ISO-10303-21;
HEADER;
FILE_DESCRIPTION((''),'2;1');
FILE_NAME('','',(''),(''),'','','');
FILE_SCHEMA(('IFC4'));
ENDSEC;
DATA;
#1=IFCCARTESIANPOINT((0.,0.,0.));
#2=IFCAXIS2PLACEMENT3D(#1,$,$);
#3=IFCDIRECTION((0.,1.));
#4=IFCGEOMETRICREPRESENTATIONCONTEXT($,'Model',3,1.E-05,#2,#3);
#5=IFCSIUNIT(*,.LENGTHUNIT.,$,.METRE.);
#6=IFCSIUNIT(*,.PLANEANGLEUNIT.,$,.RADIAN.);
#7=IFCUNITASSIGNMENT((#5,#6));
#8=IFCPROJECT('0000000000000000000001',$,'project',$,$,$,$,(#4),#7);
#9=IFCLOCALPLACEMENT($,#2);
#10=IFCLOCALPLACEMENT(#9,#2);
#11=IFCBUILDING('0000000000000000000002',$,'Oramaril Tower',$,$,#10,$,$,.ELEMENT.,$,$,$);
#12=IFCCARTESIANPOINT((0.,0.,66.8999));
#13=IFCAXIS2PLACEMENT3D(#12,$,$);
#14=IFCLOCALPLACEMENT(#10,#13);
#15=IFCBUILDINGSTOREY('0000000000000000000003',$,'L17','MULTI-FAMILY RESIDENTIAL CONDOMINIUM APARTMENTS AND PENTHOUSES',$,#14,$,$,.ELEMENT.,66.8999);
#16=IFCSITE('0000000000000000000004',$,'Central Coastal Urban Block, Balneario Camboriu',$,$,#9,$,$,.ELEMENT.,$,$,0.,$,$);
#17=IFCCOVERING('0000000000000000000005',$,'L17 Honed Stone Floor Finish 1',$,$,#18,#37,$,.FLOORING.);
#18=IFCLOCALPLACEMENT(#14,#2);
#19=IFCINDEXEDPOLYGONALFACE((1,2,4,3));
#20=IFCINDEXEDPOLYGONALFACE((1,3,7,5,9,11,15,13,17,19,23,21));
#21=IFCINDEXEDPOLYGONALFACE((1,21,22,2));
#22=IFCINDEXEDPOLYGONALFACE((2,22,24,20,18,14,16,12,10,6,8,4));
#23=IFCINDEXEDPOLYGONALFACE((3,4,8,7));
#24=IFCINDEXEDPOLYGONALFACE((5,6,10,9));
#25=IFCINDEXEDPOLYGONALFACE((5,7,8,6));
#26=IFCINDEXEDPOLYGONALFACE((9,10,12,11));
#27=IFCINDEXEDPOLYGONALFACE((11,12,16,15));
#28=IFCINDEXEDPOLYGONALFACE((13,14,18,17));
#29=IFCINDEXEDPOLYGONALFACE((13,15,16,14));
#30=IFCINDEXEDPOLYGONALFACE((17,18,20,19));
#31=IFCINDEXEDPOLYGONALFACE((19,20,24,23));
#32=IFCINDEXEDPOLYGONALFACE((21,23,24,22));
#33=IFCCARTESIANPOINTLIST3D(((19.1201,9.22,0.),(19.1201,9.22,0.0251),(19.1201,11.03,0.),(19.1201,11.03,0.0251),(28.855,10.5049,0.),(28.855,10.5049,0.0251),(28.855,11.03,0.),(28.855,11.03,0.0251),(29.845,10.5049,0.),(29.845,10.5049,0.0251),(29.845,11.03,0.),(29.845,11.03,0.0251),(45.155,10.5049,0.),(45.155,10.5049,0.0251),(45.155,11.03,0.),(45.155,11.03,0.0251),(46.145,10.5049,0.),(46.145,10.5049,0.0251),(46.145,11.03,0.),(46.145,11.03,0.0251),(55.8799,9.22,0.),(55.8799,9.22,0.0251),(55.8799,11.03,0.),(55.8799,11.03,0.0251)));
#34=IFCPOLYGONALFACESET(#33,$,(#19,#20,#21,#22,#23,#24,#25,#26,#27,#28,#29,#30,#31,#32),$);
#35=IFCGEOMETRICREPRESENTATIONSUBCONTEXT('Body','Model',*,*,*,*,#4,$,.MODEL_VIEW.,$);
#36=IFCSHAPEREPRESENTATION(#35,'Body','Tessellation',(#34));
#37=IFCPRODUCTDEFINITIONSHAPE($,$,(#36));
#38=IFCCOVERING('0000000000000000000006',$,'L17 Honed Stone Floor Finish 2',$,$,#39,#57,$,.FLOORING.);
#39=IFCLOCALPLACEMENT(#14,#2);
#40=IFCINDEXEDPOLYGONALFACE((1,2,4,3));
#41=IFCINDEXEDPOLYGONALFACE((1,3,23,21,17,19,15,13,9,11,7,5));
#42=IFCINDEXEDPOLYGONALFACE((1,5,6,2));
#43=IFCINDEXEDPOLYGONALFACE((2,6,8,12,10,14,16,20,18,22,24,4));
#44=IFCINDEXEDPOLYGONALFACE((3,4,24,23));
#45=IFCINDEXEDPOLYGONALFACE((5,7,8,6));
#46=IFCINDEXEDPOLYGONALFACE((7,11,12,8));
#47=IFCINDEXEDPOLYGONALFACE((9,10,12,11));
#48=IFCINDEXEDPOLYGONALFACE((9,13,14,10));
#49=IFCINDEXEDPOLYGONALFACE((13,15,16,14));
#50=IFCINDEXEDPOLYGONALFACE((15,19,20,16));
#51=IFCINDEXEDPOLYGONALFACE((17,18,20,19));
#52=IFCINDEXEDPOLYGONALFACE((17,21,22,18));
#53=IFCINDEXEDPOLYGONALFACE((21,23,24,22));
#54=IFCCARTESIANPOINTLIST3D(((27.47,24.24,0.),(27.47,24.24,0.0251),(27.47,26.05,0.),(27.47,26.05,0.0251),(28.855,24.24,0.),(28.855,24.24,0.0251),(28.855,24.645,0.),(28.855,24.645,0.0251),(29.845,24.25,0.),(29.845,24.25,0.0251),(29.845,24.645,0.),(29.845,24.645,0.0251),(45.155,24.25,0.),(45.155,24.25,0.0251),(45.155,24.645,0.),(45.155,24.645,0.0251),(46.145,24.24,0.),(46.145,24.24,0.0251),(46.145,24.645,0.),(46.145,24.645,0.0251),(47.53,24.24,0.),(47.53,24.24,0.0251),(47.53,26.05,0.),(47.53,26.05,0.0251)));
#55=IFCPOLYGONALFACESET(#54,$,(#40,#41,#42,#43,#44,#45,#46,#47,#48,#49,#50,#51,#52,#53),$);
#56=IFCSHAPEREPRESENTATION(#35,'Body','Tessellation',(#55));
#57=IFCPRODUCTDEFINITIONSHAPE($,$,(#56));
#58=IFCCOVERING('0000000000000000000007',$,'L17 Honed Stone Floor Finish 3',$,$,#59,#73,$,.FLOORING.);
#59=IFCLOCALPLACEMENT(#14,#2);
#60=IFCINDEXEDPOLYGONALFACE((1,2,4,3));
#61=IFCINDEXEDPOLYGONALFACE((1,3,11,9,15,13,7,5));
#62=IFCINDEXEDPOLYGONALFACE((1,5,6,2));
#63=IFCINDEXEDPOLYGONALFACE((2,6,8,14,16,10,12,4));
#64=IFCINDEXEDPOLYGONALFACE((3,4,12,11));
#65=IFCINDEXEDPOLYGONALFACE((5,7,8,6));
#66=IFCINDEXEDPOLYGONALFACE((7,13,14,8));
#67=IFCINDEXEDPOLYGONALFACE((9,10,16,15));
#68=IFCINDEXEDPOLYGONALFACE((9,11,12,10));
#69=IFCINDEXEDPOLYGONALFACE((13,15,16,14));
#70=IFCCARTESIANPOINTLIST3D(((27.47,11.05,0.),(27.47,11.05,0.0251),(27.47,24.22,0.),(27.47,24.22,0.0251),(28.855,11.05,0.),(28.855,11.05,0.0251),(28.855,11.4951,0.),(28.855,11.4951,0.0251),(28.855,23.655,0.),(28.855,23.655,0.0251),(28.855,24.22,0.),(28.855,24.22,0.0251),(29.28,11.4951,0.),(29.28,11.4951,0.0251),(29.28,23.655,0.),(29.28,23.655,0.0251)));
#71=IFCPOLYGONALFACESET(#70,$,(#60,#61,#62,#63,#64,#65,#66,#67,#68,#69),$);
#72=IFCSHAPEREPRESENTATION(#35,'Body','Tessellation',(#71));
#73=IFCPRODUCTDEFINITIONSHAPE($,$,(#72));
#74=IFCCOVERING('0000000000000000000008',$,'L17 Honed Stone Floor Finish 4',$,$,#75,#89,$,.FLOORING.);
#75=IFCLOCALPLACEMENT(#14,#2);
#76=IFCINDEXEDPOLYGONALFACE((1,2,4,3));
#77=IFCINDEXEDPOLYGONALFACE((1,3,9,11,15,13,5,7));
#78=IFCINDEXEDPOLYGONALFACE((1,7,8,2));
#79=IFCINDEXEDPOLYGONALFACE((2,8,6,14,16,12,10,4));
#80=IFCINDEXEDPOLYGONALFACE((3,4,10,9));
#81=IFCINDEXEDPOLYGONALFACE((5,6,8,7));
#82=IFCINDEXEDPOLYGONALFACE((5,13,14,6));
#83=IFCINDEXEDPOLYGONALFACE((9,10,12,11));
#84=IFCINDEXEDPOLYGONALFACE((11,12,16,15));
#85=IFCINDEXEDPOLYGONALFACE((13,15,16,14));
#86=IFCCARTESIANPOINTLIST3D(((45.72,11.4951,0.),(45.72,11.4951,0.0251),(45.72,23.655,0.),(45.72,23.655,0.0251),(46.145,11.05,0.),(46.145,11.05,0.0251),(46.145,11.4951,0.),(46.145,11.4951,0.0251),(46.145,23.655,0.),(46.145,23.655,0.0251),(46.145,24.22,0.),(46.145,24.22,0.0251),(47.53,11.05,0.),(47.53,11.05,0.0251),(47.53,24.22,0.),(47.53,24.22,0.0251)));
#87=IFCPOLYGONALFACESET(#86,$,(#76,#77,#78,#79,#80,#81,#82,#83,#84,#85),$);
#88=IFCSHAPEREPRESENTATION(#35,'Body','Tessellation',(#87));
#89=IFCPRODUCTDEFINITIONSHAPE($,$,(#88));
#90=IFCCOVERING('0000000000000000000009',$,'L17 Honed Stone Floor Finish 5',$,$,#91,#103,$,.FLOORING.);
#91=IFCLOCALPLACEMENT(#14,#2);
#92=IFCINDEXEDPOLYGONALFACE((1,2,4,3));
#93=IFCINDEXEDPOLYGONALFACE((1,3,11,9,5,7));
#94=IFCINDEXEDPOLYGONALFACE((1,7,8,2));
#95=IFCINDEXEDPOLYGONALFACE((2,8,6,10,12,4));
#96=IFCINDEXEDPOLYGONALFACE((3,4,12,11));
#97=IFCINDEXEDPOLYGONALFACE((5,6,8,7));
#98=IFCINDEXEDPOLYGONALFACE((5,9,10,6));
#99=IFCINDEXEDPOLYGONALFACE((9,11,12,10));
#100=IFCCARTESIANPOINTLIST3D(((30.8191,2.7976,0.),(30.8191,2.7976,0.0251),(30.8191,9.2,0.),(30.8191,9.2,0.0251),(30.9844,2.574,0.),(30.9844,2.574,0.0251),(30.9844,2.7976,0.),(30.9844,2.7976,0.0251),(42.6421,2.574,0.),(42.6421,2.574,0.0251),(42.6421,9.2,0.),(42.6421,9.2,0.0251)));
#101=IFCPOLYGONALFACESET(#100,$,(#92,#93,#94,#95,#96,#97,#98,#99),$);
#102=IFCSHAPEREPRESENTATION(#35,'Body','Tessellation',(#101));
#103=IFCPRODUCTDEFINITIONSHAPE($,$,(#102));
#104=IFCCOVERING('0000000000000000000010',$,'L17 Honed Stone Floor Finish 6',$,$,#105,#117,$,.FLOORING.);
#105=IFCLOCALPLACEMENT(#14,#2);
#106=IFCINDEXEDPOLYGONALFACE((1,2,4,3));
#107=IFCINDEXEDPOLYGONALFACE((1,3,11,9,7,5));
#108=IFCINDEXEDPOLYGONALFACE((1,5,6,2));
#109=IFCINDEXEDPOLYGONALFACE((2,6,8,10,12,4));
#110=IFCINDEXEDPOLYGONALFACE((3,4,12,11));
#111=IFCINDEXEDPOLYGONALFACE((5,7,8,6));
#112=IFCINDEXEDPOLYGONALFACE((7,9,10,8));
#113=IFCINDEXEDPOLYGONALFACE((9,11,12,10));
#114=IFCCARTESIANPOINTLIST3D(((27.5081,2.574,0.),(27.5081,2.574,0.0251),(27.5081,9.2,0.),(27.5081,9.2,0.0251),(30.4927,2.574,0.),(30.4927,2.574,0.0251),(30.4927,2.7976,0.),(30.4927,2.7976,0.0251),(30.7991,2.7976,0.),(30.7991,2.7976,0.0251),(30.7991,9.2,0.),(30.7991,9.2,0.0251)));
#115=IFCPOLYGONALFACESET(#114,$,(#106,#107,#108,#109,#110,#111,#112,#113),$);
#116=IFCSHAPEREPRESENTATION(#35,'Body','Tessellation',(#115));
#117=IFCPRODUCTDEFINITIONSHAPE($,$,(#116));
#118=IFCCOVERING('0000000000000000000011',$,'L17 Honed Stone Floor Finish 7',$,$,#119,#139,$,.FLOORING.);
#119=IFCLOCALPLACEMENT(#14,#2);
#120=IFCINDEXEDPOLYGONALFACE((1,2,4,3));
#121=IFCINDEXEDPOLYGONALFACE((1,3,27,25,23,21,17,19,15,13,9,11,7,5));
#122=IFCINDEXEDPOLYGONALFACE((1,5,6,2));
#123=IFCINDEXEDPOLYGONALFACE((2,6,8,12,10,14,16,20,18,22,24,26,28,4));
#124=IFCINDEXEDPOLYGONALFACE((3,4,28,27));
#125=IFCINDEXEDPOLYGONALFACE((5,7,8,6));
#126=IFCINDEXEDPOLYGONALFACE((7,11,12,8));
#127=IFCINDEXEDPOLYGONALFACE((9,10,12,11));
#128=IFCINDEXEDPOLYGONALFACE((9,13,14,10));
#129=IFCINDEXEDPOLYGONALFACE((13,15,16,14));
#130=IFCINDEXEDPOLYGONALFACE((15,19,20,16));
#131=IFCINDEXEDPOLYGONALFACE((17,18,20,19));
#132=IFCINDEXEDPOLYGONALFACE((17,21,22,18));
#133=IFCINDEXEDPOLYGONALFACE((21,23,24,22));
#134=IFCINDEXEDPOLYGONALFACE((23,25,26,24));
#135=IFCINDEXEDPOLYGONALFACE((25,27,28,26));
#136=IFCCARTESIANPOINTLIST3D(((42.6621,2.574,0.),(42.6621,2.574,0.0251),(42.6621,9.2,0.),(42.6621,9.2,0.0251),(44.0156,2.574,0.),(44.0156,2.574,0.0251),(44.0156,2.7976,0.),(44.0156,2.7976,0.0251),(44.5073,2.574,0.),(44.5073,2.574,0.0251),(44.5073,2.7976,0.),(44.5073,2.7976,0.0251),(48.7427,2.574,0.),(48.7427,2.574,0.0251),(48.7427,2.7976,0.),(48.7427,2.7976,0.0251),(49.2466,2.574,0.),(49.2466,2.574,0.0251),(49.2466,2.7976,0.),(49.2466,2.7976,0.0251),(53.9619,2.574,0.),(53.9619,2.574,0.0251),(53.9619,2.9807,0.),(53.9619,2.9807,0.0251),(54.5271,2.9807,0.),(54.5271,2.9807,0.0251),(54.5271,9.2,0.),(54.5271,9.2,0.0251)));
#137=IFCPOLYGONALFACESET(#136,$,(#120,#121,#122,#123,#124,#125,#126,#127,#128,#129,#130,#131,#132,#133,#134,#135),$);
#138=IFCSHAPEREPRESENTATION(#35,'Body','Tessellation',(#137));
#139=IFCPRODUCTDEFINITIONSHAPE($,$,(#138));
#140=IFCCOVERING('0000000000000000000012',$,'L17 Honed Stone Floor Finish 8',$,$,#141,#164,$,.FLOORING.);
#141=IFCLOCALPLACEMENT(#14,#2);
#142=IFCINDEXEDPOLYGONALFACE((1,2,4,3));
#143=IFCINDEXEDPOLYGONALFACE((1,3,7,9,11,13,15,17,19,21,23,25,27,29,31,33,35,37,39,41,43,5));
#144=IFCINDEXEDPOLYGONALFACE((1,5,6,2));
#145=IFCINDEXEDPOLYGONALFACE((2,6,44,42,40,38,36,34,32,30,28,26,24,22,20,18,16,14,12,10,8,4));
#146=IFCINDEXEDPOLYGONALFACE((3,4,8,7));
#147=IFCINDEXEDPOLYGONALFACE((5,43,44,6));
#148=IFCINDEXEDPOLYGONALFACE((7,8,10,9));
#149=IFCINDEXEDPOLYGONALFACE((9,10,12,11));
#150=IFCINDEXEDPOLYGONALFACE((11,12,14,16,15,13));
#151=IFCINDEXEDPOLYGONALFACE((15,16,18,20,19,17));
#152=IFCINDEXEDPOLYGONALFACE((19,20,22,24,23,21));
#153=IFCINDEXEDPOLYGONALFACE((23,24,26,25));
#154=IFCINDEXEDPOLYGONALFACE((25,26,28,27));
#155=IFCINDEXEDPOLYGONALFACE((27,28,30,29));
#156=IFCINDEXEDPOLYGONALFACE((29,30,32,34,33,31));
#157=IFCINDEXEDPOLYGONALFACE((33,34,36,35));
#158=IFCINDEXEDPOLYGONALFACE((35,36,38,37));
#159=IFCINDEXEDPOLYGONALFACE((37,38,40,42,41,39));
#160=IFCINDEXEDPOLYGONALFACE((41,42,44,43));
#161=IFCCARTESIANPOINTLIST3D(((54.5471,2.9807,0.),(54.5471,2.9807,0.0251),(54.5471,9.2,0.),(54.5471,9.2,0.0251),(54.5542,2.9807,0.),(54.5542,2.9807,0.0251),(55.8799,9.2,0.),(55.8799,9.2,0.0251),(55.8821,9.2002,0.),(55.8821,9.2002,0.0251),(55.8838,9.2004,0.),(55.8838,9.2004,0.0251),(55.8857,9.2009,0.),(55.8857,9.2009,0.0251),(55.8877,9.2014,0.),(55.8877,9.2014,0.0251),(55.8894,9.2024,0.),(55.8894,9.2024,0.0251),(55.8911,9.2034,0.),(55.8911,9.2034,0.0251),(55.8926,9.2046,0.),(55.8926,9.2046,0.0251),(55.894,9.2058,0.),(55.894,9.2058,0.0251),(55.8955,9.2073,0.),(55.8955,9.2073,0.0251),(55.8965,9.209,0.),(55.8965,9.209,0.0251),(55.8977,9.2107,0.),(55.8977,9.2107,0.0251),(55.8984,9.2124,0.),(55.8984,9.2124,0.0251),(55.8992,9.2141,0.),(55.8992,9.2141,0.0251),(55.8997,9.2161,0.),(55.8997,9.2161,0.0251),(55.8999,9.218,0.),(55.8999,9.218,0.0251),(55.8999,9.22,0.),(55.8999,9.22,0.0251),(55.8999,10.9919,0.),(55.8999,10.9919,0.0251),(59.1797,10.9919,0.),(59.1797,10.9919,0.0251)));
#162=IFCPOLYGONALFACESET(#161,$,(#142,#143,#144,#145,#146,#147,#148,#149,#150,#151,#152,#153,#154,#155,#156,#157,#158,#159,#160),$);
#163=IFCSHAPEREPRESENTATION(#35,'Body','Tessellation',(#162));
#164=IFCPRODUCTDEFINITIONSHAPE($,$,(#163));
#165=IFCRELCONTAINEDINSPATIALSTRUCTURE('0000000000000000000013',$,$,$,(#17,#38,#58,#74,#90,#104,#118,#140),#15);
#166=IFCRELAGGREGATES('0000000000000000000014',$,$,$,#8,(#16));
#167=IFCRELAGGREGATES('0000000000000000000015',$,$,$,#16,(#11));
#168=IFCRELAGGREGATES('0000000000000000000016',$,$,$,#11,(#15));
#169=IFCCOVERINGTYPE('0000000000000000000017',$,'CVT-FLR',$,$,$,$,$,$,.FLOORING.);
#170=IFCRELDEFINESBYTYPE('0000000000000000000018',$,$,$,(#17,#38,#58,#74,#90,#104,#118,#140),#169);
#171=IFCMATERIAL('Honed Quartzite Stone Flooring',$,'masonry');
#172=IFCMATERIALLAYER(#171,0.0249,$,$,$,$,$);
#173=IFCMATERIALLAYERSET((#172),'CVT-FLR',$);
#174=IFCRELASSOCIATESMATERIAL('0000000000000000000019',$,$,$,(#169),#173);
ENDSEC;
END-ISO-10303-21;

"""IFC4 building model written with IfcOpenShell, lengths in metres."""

from ifc_helpers import new_model, si_unit, direction, frame, origin, place, context, subcontext, project, spatial, polyline, outline, extrude, material, layer, layer_set, type_object, element, save


model = new_model("IFC4")

# Units and contexts
model_context = context("Model", 3, precision=1e-05, world=origin(), true_north=direction((0.0, 1.0)))
body_context = subcontext(model_context, "Body", "Model", "MODEL_VIEW")
ifc_project = project(units=[si_unit("LENGTHUNIT", "METRE"), si_unit("PLANEANGLEUNIT", "RADIAN")], contexts=[model_context])

# Site, building, storey
site_placement = place(None, origin())
site = spatial("IfcSite", under=ifc_project, at=site_placement, Name="Central Coastal Urban Block, Balneario Camboriu", CompositionType="ELEMENT", RefElevation=0.0)
building_placement = place(site_placement, origin())
building = spatial("IfcBuilding", under=site, at=building_placement, Name="Oramaril Tower", CompositionType="ELEMENT")
storey_placement = place(building_placement, frame((0.0, 0.0, 66.8999)))
storey = spatial("IfcBuildingStorey", under=building, at=storey_placement, Name="L17", Description="MULTI-FAMILY RESIDENTIAL CONDOMINIUM APARTMENTS AND PENTHOUSES", CompositionType="ELEMENT", Elevation=66.8999)

# Coverings
ifc_material_1 = material(Name="Honed Quartzite Stone Flooring", Category="masonry")
ifc_layer_1 = layer(ifc_material_1, 0.0249)
ifc_layer_set_1 = layer_set([ifc_layer_1], Name="CVT-FLR")
covering_type_1 = type_object("IfcCoveringType", Name="CVT-FLR", PredefinedType="FLOORING", material=ifc_layer_set_1)
covering_1_placement = place(storey_placement, origin())
element("IfcCovering", 1, at=covering_1_placement, inside=storey, type_object=covering_type_1, Name="L17 Honed Stone Floor Finish 1", PredefinedType="FLOORING", context=body_context, shape_type="SweptSolid", body=[
    extrude(outline(polyline([(28.855, 10.5049), (29.845, 10.5049), (29.845, 11.03), (45.155, 11.03), (45.155, 10.5049), (46.145, 10.5049), (46.145, 11.03), (55.8799, 11.03), (55.8799, 9.22), (19.1201, 9.22), (19.1201, 11.03), (28.855, 11.03), (28.855, 10.5049)])), origin(), (0.0, 0.0, 1.0), 0.0251),
])
covering_2_placement = place(storey_placement, origin())
element("IfcCovering", 2, at=covering_2_placement, inside=storey, type_object=covering_type_1, Name="L17 Honed Stone Floor Finish 2", PredefinedType="FLOORING", context=body_context, shape_type="SweptSolid", body=[
    extrude(outline(polyline([(47.53, 24.24), (46.145, 24.24), (46.145, 24.645), (45.155, 24.645), (45.155, 24.25), (29.845, 24.25), (29.845, 24.645), (28.855, 24.645), (28.855, 24.24), (27.47, 24.24), (27.47, 26.05), (47.53, 26.05), (47.53, 24.24)])), origin(), (0.0, 0.0, 1.0), 0.0251),
])
covering_3_placement = place(storey_placement, origin())
element("IfcCovering", 3, at=covering_3_placement, inside=storey, type_object=covering_type_1, Name="L17 Honed Stone Floor Finish 3", PredefinedType="FLOORING", context=body_context, shape_type="SweptSolid", body=[
    extrude(outline(polyline([(28.855, 23.655), (29.28, 23.655), (29.28, 11.4951), (28.855, 11.4951), (28.855, 11.05), (27.47, 11.05), (27.47, 24.22), (28.855, 24.22), (28.855, 23.655)])), origin(), (0.0, 0.0, 1.0), 0.0251),
])
covering_4_placement = place(storey_placement, origin())
element("IfcCovering", 4, at=covering_4_placement, inside=storey, type_object=covering_type_1, Name="L17 Honed Stone Floor Finish 4", PredefinedType="FLOORING", context=body_context, shape_type="SweptSolid", body=[
    extrude(outline(polyline([(47.53, 11.05), (46.145, 11.05), (46.145, 11.4951), (45.72, 11.4951), (45.72, 23.655), (46.145, 23.655), (46.145, 24.22), (47.53, 24.22), (47.53, 11.05)])), origin(), (0.0, 0.0, 1.0), 0.0251),
])
covering_5_placement = place(storey_placement, origin())
element("IfcCovering", 5, at=covering_5_placement, inside=storey, type_object=covering_type_1, Name="L17 Honed Stone Floor Finish 5", PredefinedType="FLOORING", context=body_context, shape_type="SweptSolid", body=[
    extrude(outline(polyline([(30.9844, 2.574), (30.9844, 2.7976), (30.8191, 2.7976), (30.8191, 9.2), (42.6421, 9.2), (42.6421, 2.574), (30.9844, 2.574)])), origin(), (0.0, 0.0, 1.0), 0.0251),
])
covering_6_placement = place(storey_placement, origin())
element("IfcCovering", 6, at=covering_6_placement, inside=storey, type_object=covering_type_1, Name="L17 Honed Stone Floor Finish 6", PredefinedType="FLOORING", context=body_context, shape_type="SweptSolid", body=[
    extrude(outline(polyline([(27.5081, 9.2), (30.7991, 9.2), (30.7991, 2.7976), (30.4927, 2.7976), (30.4927, 2.574), (27.5081, 2.574), (27.5081, 9.2)])), origin(), (0.0, 0.0, 1.0), 0.0251),
])
covering_7_placement = place(storey_placement, origin())
element("IfcCovering", 7, at=covering_7_placement, inside=storey, type_object=covering_type_1, Name="L17 Honed Stone Floor Finish 7", PredefinedType="FLOORING", context=body_context, shape_type="SweptSolid", body=[
    extrude(outline(polyline([(53.9619, 2.9807), (53.9619, 2.574), (49.2466, 2.574), (49.2466, 2.7976), (48.7427, 2.7976), (48.7427, 2.574), (44.5073, 2.574), (44.5073, 2.7976), (44.0156, 2.7976), (44.0156, 2.574), (42.6621, 2.574), (42.6621, 9.2), (54.5271, 9.2), (54.5271, 2.9807), (53.9619, 2.9807)])), origin(), (0.0, 0.0, 1.0), 0.0251),
])
covering_8_placement = place(storey_placement, origin())
element("IfcCovering", 8, at=covering_8_placement, inside=storey, type_object=covering_type_1, Name="L17 Honed Stone Floor Finish 8", PredefinedType="FLOORING", context=body_context, shape_type="SweptSolid", body=[
    extrude(outline(polyline([(59.1797, 10.9919), (54.5542, 2.9807), (54.5471, 2.9807), (54.5471, 9.2), (55.8799, 9.2), (55.8821, 9.2002), (55.8838, 9.2004), (55.8857, 9.2009), (55.8877, 9.2014), (55.8894, 9.2024), (55.8911, 9.2034), (55.8926, 9.2046), (55.894, 9.2058), (55.8955, 9.2073), (55.8965, 9.209), (55.8977, 9.2107), (55.8984, 9.2124), (55.8992, 9.2141), (55.8997, 9.2161), (55.8999, 9.218), (55.8999, 9.22), (55.8999, 10.9919), (59.1797, 10.9919)])), origin(), (0.0, 0.0, 1.0), 0.0251),
])

save(model, "model.ifc")
